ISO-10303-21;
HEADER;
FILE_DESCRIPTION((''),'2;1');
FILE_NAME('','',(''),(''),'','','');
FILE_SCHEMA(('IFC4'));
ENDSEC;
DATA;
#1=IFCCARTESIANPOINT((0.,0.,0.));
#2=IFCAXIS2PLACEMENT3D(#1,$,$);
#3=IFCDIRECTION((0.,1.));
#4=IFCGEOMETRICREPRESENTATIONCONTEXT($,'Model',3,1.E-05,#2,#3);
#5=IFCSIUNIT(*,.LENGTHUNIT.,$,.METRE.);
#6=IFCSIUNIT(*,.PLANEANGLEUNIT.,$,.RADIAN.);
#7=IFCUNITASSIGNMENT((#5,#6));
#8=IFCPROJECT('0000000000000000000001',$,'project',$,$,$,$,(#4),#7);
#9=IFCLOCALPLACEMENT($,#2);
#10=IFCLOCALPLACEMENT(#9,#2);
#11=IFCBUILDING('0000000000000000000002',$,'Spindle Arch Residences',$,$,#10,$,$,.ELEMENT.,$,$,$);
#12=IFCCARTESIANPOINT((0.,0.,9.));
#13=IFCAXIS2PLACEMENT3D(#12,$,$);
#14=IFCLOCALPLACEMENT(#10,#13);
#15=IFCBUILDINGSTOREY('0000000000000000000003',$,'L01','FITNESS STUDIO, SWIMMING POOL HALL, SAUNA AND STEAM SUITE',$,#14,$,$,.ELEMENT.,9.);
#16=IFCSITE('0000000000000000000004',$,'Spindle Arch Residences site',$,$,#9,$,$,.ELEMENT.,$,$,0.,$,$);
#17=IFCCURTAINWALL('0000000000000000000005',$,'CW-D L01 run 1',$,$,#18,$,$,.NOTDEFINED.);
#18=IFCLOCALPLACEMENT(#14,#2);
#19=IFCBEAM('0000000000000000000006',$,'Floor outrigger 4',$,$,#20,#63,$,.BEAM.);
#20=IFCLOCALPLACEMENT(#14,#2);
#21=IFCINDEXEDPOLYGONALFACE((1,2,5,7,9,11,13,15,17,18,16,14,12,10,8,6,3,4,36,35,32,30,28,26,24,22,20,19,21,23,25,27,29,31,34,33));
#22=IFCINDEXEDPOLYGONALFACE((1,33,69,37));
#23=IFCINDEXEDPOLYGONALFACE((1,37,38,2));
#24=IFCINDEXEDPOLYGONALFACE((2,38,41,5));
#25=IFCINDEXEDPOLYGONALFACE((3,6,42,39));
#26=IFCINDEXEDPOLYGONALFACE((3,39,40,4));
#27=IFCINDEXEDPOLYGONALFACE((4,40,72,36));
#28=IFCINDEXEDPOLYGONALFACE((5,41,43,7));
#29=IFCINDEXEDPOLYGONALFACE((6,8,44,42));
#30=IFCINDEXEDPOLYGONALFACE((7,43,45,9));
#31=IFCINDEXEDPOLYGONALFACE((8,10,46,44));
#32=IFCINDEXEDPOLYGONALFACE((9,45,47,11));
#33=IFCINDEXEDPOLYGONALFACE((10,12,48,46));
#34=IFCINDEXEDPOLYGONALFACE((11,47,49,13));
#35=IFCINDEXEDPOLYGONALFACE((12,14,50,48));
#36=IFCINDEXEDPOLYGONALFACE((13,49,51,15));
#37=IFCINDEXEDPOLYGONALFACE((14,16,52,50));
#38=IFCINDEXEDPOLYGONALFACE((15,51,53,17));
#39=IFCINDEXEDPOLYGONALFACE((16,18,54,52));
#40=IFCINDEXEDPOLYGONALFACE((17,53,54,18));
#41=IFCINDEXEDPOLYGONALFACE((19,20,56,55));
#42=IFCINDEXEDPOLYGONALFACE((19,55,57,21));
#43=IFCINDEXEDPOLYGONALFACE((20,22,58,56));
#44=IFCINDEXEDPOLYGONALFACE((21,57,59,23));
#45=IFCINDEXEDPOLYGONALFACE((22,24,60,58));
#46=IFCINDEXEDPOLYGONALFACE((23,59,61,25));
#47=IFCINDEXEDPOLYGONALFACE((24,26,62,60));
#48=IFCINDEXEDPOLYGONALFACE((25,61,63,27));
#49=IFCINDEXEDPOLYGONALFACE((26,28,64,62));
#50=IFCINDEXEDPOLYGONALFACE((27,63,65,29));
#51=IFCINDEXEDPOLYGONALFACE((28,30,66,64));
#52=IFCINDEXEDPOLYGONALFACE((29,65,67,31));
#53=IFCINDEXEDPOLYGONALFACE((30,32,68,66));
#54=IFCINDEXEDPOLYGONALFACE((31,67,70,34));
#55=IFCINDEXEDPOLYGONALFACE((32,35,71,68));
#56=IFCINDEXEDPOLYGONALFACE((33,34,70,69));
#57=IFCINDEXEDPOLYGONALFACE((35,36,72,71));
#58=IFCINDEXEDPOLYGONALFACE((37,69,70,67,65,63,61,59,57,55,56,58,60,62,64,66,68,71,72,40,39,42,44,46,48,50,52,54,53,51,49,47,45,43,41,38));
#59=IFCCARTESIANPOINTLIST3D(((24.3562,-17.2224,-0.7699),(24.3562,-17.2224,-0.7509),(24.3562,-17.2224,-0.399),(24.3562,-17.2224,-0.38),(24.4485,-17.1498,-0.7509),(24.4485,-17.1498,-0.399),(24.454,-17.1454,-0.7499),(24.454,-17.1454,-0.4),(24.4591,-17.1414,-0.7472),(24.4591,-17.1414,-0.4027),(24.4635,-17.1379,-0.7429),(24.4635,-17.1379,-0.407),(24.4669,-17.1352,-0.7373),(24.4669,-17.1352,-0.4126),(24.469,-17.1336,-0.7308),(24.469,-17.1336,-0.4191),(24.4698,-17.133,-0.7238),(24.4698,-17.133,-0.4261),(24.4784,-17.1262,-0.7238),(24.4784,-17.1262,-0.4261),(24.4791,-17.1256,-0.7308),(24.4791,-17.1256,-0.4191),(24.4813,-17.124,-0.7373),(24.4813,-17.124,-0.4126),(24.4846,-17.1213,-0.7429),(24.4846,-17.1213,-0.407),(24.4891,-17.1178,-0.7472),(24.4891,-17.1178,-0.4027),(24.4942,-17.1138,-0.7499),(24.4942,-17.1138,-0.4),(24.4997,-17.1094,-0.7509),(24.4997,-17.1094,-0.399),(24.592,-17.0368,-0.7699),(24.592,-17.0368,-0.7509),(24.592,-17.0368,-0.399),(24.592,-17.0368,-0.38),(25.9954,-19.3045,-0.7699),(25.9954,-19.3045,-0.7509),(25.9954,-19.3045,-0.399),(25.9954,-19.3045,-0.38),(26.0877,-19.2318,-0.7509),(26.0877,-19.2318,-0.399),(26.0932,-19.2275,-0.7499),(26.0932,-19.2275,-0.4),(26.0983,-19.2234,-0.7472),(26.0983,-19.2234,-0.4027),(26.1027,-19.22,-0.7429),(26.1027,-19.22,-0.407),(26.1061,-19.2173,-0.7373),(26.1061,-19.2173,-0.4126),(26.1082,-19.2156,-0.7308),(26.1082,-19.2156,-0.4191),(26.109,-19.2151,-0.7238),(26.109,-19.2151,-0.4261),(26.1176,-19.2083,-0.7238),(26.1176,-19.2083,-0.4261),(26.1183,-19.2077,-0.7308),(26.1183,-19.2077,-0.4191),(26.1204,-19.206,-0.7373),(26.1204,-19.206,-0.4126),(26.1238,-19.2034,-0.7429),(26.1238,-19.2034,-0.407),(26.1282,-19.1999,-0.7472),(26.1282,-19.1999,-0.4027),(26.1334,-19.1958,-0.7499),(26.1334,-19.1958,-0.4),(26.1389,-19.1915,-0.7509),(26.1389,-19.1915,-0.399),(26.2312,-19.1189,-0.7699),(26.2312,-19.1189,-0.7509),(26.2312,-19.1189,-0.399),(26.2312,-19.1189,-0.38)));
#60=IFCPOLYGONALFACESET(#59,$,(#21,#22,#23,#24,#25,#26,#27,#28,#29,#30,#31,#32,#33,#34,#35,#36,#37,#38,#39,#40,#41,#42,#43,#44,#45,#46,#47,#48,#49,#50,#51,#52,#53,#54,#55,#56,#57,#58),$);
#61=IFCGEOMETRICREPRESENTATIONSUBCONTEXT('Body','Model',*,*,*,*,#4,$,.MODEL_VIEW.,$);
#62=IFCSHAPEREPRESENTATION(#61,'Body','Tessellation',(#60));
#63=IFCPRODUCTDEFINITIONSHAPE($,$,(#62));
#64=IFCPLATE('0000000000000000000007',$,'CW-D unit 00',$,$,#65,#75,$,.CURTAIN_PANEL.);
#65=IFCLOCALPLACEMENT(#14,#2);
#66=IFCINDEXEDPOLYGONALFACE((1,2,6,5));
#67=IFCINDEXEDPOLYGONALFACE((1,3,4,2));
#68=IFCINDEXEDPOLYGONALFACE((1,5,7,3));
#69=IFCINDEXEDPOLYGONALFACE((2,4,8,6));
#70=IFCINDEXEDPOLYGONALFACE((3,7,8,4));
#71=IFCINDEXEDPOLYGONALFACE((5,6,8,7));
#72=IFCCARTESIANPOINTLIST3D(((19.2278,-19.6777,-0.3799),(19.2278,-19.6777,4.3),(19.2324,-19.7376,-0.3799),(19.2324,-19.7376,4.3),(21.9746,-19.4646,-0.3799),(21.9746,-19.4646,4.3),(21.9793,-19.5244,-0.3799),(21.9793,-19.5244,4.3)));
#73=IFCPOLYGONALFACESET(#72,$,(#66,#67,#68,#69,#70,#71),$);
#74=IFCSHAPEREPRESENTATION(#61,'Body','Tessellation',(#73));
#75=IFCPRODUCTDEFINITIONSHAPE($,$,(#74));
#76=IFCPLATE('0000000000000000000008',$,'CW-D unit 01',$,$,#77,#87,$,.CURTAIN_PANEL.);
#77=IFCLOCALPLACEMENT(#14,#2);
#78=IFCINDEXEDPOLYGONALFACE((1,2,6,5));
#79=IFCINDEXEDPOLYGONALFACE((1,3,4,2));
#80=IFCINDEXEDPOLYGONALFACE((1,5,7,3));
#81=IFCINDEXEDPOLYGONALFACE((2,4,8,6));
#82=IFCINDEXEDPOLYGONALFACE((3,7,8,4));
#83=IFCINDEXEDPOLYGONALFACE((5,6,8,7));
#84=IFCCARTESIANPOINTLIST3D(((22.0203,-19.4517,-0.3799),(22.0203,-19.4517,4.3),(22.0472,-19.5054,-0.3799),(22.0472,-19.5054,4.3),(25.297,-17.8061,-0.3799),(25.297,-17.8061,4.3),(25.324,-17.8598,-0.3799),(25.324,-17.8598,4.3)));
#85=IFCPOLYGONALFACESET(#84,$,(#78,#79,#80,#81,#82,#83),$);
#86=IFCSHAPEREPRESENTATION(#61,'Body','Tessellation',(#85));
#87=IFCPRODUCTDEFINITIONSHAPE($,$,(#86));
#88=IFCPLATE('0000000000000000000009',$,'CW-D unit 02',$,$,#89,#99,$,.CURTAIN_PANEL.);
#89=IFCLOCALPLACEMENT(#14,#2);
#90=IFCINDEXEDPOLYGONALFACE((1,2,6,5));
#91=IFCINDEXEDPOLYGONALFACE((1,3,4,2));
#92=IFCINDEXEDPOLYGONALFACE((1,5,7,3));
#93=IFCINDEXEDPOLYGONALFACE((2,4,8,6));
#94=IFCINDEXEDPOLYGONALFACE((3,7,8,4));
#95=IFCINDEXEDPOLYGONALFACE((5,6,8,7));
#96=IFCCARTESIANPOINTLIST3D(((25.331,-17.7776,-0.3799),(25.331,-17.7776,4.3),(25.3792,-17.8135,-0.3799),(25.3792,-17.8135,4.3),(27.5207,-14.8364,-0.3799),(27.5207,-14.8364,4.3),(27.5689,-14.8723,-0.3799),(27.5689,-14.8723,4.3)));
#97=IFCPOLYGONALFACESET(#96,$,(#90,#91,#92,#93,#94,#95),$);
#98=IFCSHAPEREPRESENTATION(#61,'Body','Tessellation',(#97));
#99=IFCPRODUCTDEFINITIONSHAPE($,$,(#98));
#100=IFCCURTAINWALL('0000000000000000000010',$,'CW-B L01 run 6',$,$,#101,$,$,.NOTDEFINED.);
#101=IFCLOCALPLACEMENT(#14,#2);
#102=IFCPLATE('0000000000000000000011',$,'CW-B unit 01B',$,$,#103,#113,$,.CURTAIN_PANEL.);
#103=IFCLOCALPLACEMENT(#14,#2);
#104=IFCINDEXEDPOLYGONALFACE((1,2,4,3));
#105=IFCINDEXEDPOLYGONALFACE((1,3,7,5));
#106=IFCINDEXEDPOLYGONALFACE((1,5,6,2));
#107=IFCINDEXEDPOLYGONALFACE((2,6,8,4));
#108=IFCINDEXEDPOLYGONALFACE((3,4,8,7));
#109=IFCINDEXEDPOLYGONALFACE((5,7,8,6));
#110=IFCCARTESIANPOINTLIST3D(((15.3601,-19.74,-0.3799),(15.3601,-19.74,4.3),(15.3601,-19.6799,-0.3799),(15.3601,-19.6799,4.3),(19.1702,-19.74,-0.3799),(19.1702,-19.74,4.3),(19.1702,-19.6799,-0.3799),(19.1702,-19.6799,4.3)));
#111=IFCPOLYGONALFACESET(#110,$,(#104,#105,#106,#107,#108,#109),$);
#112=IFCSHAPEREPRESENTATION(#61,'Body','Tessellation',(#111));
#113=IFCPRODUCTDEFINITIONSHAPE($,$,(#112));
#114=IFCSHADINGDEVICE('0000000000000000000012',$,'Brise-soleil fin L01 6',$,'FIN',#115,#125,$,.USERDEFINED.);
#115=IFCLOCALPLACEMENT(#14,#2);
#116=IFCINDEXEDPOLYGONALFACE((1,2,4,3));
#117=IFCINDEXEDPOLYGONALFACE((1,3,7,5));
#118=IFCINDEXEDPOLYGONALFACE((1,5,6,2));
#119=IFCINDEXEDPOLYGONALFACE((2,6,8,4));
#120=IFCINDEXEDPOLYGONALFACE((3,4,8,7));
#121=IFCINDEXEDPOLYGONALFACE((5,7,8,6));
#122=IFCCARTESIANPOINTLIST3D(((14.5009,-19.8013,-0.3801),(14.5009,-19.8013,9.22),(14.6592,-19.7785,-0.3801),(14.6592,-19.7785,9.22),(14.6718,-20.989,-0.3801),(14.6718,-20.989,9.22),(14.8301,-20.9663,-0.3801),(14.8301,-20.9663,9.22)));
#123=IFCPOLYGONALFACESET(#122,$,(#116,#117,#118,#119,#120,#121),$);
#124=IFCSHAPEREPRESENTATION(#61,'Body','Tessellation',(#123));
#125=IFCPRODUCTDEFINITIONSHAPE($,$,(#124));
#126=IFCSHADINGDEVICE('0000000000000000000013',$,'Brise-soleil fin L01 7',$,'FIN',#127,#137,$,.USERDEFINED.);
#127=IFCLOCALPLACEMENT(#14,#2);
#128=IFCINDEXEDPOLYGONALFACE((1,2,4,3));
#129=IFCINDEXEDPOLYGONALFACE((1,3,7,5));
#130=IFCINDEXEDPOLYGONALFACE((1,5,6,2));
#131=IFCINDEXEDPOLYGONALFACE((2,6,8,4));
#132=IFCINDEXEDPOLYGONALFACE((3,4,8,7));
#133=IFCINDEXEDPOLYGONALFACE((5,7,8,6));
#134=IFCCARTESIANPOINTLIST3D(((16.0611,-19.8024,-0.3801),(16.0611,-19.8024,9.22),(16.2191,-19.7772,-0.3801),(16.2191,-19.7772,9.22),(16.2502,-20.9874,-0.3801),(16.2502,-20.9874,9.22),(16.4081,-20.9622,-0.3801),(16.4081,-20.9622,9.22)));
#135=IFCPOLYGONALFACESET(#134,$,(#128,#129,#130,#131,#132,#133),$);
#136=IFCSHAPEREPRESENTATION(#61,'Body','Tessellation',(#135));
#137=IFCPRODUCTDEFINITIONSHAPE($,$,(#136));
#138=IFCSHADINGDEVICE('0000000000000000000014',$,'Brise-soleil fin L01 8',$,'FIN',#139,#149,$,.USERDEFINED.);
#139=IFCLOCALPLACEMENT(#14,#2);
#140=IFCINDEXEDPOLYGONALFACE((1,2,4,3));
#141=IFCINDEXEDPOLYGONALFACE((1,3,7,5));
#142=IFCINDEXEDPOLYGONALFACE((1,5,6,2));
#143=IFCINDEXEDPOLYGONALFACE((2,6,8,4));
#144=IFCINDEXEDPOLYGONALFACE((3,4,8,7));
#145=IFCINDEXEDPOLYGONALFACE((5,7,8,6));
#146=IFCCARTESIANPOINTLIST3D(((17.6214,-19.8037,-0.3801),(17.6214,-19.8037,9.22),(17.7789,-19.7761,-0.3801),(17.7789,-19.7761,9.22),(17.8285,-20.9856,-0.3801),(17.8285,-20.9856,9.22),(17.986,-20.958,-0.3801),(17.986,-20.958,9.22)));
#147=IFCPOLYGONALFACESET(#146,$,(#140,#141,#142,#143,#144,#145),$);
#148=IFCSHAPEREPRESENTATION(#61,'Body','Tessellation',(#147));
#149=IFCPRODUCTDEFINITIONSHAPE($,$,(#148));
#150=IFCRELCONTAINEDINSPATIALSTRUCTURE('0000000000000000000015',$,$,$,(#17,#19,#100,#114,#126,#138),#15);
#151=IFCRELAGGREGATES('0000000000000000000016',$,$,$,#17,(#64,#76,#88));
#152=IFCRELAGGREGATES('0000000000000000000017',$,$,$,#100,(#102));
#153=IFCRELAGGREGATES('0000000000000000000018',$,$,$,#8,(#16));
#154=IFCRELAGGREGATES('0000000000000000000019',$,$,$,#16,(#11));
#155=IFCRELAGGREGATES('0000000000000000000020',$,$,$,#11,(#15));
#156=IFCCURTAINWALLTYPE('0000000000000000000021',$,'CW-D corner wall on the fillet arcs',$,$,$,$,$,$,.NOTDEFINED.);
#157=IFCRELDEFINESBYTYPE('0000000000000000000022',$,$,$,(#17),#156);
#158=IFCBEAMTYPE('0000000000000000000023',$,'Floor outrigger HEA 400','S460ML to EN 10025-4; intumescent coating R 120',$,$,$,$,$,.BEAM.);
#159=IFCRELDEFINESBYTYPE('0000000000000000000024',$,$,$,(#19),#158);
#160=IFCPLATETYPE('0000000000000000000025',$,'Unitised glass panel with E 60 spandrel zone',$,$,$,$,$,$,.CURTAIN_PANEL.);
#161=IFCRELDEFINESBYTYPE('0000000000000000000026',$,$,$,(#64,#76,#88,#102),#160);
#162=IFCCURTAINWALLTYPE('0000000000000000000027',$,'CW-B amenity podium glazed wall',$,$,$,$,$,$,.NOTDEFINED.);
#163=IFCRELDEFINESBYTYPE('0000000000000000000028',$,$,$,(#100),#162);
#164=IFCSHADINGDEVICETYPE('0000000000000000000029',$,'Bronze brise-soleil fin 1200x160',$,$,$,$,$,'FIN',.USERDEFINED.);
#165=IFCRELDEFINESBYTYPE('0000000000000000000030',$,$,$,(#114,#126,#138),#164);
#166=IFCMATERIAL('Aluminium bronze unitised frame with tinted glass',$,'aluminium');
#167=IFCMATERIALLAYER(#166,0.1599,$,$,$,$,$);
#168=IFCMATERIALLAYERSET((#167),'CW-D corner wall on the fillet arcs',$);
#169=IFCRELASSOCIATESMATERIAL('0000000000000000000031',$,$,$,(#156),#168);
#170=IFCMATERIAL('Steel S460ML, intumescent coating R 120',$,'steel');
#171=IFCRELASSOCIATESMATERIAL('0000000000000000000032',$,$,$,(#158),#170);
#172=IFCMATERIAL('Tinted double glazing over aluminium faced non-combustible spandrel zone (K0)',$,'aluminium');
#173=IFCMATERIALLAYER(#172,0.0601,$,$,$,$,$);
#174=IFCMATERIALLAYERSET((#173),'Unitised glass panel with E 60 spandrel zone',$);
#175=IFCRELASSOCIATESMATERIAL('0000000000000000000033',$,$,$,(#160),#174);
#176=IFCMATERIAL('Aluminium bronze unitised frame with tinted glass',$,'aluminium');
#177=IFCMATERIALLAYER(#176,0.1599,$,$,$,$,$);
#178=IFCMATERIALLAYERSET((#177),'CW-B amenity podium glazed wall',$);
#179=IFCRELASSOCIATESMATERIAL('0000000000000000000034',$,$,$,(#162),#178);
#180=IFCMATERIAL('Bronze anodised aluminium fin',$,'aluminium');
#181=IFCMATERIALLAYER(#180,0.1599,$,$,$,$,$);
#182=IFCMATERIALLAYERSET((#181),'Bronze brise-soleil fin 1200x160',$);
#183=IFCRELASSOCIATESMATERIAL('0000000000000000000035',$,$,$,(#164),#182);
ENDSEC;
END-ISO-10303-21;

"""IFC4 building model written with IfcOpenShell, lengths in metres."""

from ifc_helpers import new_model, si_unit, direction, frame, origin, origin_2d, place, context, subcontext, project, spatial, rectangle, i_section, extrude, material, layer, layer_set, material_profile, profile_set, type_object, element, aggregate, save


model = new_model("IFC4")

# Units and contexts
model_context = context("Model", 3, precision=1e-05, world=origin(), true_north=direction((0.0, 1.0)))
body_context = subcontext(model_context, "Body", "Model", "MODEL_VIEW")
ifc_project = project(units=[si_unit("LENGTHUNIT", "METRE"), si_unit("PLANEANGLEUNIT", "RADIAN")], contexts=[model_context])

# Site, building, storey
site_placement = place(None, origin())
site = spatial("IfcSite", under=ifc_project, at=site_placement, Name="Spindle Arch Residences site", CompositionType="ELEMENT", RefElevation=0.0)
building_placement = place(site_placement, origin())
building = spatial("IfcBuilding", under=site, at=building_placement, Name="Spindle Arch Residences", CompositionType="ELEMENT")
storey_placement = place(building_placement, frame((0.0, 0.0, 9.0)))
storey = spatial("IfcBuildingStorey", under=building, at=storey_placement, Name="L01", Description="FITNESS STUDIO, SWIMMING POOL HALL, SAUNA AND STEAM SUITE", CompositionType="ELEMENT", Elevation=9.0)

# Curtain wall
ifc_material_1 = material(Name="Aluminium bronze unitised frame with tinted glass", Category="aluminium")
ifc_layer_1 = layer(ifc_material_1, 0.1599)
ifc_layer_set_1 = layer_set([ifc_layer_1], Name="CW-D corner wall on the fillet arcs")
curtain_wall_type_1 = type_object("IfcCurtainWallType", Name="CW-D corner wall on the fillet arcs", PredefinedType="NOTDEFINED", material=ifc_layer_set_1)
curtain_wall_1_placement = place(storey_placement, origin())
curtain_wall_1 = element("IfcCurtainWall", 1, at=curtain_wall_1_placement, inside=storey, type_object=curtain_wall_type_1, Name="CW-D L01 run 1", PredefinedType="NOTDEFINED")

# Beam
ifc_material_2 = material(Name="Steel S460ML, intumescent coating R 120", Category="steel")
ifc_material_profile_1 = material_profile(ifc_material_2, i_section(OverallWidth=0.3, OverallDepth=0.3899, WebThickness=0.011, FlangeThickness=0.019, FilletRadius=0.0271, at=origin_2d()), Name="HEA 400")
ifc_profile_set_1 = profile_set([ifc_material_profile_1], Name="Steel S460ML, intumescent coating R 120")
beam_type_1 = type_object("IfcBeamType", Name="Floor outrigger HEA 400", Description="S460ML to EN 10025-4; intumescent coating R 120", PredefinedType="BEAM", material=ifc_profile_set_1)
beam_1_placement = place(storey_placement, frame((26.1133, -19.2117, -0.575), z_axis=(-0.618586, 0.785717, 0.0), x_axis=(-0.785717, -0.618586, 0.0)))
element("IfcBeam", 2, at=beam_1_placement, inside=storey, type_object=beam_type_1, Name="Floor outrigger 4", PredefinedType="BEAM", context=body_context, shape_type="SweptSolid", body=[
    extrude(i_section(OverallWidth=0.3, OverallDepth=0.3899, WebThickness=0.011, FlangeThickness=0.019, FilletRadius=0.0271, at=origin_2d()), origin(), (0.0, 0.0, 1.0), 2.6499),
])

# Plates
ifc_material_3 = material(Name="Tinted double glazing over aluminium faced non-combustible spandrel zone (K0)", Category="aluminium")
ifc_layer_2 = layer(ifc_material_3, 0.0601)
ifc_layer_set_2 = layer_set([ifc_layer_2], Name="Unitised glass panel with E 60 spandrel zone")
plate_type = type_object("IfcPlateType", Name="Unitised glass panel with E 60 spandrel zone", PredefinedType="CURTAIN_PANEL", material=ifc_layer_set_2)
plate_1_placement = place(storey_placement, frame((20.6035, -19.6011, -0.3799), z_axis=(0.0, 0.0, 1.0), x_axis=(0.997003, 0.077364, 0.0)))
plate_1 = element("IfcPlate", 3, at=plate_1_placement, type_object=plate_type, Name="CW-D unit 00", PredefinedType="CURTAIN_PANEL", context=body_context, shape_type="SweptSolid", body=[
    extrude(rectangle(XDim=2.7551, YDim=0.0601, at=origin_2d()), origin(), (0.0, 0.0, 1.0), 4.6799),
])
plate_2_placement = place(storey_placement, frame((23.6721, -18.6558, -0.3799), z_axis=(0.0, 0.0, 1.0), x_axis=(0.893633, 0.448799, 0.0)))
plate_2 = element("IfcPlate", 4, at=plate_2_placement, type_object=plate_type, Name="CW-D unit 01", PredefinedType="CURTAIN_PANEL", context=body_context, shape_type="SweptSolid", body=[
    extrude(rectangle(XDim=3.6667, YDim=0.0601, at=origin_2d()), origin(), (0.0, 0.0, 1.0), 4.6799),
])
plate_3_placement = place(storey_placement, frame((26.45, -16.325, -0.3799), z_axis=(0.0, 0.0, 1.0), x_axis=(0.597159, 0.802123, 0.0)))
plate_3 = element("IfcPlate", 5, at=plate_3_placement, type_object=plate_type, Name="CW-D unit 02", PredefinedType="CURTAIN_PANEL", context=body_context, shape_type="SweptSolid", body=[
    extrude(rectangle(XDim=3.6667, YDim=0.0601, at=origin_2d()), origin(), (0.0, 0.0, 1.0), 4.6799),
])
aggregate(curtain_wall_1, [plate_1, plate_2, plate_3])

# Curtain wall, plate
ifc_material_4 = material(Name="Aluminium bronze unitised frame with tinted glass", Category="aluminium")
ifc_layer_3 = layer(ifc_material_4, 0.1599)
ifc_layer_set_3 = layer_set([ifc_layer_3], Name="CW-B amenity podium glazed wall")
curtain_wall_type_2 = type_object("IfcCurtainWallType", Name="CW-B amenity podium glazed wall", PredefinedType="NOTDEFINED", material=ifc_layer_set_3)
curtain_wall_2_placement = place(storey_placement, origin())
curtain_wall_2 = element("IfcCurtainWall", 6, at=curtain_wall_2_placement, inside=storey, type_object=curtain_wall_type_2, Name="CW-B L01 run 6", PredefinedType="NOTDEFINED")
plate_4_placement = place(storey_placement, frame((17.2651, -19.71, -0.3799), z_axis=(0.0, 0.0, 1.0), x_axis=(1.0, 0.0, 0.0)))
plate_4 = element("IfcPlate", 7, at=plate_4_placement, type_object=plate_type, Name="CW-B unit 01B", PredefinedType="CURTAIN_PANEL", context=body_context, shape_type="SweptSolid", body=[
    extrude(rectangle(XDim=3.8101, YDim=0.0601, at=origin_2d()), origin(), (0.0, 0.0, 1.0), 4.6799),
])
aggregate(curtain_wall_2, [plate_4])

# Shading devices
ifc_material_5 = material(Name="Bronze anodised aluminium fin", Category="aluminium")
ifc_layer_4 = layer(ifc_material_5, 0.1599)
ifc_layer_set_4 = layer_set([ifc_layer_4], Name="Bronze brise-soleil fin 1200x160")
shading_device_type = type_object("IfcShadingDeviceType", Name="Bronze brise-soleil fin 1200x160", ElementType="FIN", PredefinedType="USERDEFINED", material=ifc_layer_set_4)
for number, where, z_axis, x_axis, name in (
    (8, (14.6655, -20.3838, -0.3801), (0.0, 0.0, 1.0), (0.142415, -0.989807, 0.0), "Brise-soleil fin L01 6"),
    (9, (16.2346, -20.3823, -0.3801), (0.0, 0.0, 1.0), (0.157532, -0.987514, 0.0), "Brise-soleil fin L01 7"),
    (10, (17.8037, -20.3809, -0.3801), (0.0, 0.0, 1.0), (0.172612, -0.98499, 0.0), "Brise-soleil fin L01 8"),
):
    element("IfcShadingDevice", number, at=place(storey_placement, frame(where, z_axis=z_axis, x_axis=x_axis)), inside=storey, type_object=shading_device_type, Name=name, ObjectType="FIN", PredefinedType="USERDEFINED", context=body_context, shape_type="SweptSolid", body=[
        extrude(rectangle(XDim=1.2, YDim=0.1599, at=origin_2d()), origin(), (0.0, 0.0, 1.0), 9.6001),
    ])

save(model, "model.ifc")
